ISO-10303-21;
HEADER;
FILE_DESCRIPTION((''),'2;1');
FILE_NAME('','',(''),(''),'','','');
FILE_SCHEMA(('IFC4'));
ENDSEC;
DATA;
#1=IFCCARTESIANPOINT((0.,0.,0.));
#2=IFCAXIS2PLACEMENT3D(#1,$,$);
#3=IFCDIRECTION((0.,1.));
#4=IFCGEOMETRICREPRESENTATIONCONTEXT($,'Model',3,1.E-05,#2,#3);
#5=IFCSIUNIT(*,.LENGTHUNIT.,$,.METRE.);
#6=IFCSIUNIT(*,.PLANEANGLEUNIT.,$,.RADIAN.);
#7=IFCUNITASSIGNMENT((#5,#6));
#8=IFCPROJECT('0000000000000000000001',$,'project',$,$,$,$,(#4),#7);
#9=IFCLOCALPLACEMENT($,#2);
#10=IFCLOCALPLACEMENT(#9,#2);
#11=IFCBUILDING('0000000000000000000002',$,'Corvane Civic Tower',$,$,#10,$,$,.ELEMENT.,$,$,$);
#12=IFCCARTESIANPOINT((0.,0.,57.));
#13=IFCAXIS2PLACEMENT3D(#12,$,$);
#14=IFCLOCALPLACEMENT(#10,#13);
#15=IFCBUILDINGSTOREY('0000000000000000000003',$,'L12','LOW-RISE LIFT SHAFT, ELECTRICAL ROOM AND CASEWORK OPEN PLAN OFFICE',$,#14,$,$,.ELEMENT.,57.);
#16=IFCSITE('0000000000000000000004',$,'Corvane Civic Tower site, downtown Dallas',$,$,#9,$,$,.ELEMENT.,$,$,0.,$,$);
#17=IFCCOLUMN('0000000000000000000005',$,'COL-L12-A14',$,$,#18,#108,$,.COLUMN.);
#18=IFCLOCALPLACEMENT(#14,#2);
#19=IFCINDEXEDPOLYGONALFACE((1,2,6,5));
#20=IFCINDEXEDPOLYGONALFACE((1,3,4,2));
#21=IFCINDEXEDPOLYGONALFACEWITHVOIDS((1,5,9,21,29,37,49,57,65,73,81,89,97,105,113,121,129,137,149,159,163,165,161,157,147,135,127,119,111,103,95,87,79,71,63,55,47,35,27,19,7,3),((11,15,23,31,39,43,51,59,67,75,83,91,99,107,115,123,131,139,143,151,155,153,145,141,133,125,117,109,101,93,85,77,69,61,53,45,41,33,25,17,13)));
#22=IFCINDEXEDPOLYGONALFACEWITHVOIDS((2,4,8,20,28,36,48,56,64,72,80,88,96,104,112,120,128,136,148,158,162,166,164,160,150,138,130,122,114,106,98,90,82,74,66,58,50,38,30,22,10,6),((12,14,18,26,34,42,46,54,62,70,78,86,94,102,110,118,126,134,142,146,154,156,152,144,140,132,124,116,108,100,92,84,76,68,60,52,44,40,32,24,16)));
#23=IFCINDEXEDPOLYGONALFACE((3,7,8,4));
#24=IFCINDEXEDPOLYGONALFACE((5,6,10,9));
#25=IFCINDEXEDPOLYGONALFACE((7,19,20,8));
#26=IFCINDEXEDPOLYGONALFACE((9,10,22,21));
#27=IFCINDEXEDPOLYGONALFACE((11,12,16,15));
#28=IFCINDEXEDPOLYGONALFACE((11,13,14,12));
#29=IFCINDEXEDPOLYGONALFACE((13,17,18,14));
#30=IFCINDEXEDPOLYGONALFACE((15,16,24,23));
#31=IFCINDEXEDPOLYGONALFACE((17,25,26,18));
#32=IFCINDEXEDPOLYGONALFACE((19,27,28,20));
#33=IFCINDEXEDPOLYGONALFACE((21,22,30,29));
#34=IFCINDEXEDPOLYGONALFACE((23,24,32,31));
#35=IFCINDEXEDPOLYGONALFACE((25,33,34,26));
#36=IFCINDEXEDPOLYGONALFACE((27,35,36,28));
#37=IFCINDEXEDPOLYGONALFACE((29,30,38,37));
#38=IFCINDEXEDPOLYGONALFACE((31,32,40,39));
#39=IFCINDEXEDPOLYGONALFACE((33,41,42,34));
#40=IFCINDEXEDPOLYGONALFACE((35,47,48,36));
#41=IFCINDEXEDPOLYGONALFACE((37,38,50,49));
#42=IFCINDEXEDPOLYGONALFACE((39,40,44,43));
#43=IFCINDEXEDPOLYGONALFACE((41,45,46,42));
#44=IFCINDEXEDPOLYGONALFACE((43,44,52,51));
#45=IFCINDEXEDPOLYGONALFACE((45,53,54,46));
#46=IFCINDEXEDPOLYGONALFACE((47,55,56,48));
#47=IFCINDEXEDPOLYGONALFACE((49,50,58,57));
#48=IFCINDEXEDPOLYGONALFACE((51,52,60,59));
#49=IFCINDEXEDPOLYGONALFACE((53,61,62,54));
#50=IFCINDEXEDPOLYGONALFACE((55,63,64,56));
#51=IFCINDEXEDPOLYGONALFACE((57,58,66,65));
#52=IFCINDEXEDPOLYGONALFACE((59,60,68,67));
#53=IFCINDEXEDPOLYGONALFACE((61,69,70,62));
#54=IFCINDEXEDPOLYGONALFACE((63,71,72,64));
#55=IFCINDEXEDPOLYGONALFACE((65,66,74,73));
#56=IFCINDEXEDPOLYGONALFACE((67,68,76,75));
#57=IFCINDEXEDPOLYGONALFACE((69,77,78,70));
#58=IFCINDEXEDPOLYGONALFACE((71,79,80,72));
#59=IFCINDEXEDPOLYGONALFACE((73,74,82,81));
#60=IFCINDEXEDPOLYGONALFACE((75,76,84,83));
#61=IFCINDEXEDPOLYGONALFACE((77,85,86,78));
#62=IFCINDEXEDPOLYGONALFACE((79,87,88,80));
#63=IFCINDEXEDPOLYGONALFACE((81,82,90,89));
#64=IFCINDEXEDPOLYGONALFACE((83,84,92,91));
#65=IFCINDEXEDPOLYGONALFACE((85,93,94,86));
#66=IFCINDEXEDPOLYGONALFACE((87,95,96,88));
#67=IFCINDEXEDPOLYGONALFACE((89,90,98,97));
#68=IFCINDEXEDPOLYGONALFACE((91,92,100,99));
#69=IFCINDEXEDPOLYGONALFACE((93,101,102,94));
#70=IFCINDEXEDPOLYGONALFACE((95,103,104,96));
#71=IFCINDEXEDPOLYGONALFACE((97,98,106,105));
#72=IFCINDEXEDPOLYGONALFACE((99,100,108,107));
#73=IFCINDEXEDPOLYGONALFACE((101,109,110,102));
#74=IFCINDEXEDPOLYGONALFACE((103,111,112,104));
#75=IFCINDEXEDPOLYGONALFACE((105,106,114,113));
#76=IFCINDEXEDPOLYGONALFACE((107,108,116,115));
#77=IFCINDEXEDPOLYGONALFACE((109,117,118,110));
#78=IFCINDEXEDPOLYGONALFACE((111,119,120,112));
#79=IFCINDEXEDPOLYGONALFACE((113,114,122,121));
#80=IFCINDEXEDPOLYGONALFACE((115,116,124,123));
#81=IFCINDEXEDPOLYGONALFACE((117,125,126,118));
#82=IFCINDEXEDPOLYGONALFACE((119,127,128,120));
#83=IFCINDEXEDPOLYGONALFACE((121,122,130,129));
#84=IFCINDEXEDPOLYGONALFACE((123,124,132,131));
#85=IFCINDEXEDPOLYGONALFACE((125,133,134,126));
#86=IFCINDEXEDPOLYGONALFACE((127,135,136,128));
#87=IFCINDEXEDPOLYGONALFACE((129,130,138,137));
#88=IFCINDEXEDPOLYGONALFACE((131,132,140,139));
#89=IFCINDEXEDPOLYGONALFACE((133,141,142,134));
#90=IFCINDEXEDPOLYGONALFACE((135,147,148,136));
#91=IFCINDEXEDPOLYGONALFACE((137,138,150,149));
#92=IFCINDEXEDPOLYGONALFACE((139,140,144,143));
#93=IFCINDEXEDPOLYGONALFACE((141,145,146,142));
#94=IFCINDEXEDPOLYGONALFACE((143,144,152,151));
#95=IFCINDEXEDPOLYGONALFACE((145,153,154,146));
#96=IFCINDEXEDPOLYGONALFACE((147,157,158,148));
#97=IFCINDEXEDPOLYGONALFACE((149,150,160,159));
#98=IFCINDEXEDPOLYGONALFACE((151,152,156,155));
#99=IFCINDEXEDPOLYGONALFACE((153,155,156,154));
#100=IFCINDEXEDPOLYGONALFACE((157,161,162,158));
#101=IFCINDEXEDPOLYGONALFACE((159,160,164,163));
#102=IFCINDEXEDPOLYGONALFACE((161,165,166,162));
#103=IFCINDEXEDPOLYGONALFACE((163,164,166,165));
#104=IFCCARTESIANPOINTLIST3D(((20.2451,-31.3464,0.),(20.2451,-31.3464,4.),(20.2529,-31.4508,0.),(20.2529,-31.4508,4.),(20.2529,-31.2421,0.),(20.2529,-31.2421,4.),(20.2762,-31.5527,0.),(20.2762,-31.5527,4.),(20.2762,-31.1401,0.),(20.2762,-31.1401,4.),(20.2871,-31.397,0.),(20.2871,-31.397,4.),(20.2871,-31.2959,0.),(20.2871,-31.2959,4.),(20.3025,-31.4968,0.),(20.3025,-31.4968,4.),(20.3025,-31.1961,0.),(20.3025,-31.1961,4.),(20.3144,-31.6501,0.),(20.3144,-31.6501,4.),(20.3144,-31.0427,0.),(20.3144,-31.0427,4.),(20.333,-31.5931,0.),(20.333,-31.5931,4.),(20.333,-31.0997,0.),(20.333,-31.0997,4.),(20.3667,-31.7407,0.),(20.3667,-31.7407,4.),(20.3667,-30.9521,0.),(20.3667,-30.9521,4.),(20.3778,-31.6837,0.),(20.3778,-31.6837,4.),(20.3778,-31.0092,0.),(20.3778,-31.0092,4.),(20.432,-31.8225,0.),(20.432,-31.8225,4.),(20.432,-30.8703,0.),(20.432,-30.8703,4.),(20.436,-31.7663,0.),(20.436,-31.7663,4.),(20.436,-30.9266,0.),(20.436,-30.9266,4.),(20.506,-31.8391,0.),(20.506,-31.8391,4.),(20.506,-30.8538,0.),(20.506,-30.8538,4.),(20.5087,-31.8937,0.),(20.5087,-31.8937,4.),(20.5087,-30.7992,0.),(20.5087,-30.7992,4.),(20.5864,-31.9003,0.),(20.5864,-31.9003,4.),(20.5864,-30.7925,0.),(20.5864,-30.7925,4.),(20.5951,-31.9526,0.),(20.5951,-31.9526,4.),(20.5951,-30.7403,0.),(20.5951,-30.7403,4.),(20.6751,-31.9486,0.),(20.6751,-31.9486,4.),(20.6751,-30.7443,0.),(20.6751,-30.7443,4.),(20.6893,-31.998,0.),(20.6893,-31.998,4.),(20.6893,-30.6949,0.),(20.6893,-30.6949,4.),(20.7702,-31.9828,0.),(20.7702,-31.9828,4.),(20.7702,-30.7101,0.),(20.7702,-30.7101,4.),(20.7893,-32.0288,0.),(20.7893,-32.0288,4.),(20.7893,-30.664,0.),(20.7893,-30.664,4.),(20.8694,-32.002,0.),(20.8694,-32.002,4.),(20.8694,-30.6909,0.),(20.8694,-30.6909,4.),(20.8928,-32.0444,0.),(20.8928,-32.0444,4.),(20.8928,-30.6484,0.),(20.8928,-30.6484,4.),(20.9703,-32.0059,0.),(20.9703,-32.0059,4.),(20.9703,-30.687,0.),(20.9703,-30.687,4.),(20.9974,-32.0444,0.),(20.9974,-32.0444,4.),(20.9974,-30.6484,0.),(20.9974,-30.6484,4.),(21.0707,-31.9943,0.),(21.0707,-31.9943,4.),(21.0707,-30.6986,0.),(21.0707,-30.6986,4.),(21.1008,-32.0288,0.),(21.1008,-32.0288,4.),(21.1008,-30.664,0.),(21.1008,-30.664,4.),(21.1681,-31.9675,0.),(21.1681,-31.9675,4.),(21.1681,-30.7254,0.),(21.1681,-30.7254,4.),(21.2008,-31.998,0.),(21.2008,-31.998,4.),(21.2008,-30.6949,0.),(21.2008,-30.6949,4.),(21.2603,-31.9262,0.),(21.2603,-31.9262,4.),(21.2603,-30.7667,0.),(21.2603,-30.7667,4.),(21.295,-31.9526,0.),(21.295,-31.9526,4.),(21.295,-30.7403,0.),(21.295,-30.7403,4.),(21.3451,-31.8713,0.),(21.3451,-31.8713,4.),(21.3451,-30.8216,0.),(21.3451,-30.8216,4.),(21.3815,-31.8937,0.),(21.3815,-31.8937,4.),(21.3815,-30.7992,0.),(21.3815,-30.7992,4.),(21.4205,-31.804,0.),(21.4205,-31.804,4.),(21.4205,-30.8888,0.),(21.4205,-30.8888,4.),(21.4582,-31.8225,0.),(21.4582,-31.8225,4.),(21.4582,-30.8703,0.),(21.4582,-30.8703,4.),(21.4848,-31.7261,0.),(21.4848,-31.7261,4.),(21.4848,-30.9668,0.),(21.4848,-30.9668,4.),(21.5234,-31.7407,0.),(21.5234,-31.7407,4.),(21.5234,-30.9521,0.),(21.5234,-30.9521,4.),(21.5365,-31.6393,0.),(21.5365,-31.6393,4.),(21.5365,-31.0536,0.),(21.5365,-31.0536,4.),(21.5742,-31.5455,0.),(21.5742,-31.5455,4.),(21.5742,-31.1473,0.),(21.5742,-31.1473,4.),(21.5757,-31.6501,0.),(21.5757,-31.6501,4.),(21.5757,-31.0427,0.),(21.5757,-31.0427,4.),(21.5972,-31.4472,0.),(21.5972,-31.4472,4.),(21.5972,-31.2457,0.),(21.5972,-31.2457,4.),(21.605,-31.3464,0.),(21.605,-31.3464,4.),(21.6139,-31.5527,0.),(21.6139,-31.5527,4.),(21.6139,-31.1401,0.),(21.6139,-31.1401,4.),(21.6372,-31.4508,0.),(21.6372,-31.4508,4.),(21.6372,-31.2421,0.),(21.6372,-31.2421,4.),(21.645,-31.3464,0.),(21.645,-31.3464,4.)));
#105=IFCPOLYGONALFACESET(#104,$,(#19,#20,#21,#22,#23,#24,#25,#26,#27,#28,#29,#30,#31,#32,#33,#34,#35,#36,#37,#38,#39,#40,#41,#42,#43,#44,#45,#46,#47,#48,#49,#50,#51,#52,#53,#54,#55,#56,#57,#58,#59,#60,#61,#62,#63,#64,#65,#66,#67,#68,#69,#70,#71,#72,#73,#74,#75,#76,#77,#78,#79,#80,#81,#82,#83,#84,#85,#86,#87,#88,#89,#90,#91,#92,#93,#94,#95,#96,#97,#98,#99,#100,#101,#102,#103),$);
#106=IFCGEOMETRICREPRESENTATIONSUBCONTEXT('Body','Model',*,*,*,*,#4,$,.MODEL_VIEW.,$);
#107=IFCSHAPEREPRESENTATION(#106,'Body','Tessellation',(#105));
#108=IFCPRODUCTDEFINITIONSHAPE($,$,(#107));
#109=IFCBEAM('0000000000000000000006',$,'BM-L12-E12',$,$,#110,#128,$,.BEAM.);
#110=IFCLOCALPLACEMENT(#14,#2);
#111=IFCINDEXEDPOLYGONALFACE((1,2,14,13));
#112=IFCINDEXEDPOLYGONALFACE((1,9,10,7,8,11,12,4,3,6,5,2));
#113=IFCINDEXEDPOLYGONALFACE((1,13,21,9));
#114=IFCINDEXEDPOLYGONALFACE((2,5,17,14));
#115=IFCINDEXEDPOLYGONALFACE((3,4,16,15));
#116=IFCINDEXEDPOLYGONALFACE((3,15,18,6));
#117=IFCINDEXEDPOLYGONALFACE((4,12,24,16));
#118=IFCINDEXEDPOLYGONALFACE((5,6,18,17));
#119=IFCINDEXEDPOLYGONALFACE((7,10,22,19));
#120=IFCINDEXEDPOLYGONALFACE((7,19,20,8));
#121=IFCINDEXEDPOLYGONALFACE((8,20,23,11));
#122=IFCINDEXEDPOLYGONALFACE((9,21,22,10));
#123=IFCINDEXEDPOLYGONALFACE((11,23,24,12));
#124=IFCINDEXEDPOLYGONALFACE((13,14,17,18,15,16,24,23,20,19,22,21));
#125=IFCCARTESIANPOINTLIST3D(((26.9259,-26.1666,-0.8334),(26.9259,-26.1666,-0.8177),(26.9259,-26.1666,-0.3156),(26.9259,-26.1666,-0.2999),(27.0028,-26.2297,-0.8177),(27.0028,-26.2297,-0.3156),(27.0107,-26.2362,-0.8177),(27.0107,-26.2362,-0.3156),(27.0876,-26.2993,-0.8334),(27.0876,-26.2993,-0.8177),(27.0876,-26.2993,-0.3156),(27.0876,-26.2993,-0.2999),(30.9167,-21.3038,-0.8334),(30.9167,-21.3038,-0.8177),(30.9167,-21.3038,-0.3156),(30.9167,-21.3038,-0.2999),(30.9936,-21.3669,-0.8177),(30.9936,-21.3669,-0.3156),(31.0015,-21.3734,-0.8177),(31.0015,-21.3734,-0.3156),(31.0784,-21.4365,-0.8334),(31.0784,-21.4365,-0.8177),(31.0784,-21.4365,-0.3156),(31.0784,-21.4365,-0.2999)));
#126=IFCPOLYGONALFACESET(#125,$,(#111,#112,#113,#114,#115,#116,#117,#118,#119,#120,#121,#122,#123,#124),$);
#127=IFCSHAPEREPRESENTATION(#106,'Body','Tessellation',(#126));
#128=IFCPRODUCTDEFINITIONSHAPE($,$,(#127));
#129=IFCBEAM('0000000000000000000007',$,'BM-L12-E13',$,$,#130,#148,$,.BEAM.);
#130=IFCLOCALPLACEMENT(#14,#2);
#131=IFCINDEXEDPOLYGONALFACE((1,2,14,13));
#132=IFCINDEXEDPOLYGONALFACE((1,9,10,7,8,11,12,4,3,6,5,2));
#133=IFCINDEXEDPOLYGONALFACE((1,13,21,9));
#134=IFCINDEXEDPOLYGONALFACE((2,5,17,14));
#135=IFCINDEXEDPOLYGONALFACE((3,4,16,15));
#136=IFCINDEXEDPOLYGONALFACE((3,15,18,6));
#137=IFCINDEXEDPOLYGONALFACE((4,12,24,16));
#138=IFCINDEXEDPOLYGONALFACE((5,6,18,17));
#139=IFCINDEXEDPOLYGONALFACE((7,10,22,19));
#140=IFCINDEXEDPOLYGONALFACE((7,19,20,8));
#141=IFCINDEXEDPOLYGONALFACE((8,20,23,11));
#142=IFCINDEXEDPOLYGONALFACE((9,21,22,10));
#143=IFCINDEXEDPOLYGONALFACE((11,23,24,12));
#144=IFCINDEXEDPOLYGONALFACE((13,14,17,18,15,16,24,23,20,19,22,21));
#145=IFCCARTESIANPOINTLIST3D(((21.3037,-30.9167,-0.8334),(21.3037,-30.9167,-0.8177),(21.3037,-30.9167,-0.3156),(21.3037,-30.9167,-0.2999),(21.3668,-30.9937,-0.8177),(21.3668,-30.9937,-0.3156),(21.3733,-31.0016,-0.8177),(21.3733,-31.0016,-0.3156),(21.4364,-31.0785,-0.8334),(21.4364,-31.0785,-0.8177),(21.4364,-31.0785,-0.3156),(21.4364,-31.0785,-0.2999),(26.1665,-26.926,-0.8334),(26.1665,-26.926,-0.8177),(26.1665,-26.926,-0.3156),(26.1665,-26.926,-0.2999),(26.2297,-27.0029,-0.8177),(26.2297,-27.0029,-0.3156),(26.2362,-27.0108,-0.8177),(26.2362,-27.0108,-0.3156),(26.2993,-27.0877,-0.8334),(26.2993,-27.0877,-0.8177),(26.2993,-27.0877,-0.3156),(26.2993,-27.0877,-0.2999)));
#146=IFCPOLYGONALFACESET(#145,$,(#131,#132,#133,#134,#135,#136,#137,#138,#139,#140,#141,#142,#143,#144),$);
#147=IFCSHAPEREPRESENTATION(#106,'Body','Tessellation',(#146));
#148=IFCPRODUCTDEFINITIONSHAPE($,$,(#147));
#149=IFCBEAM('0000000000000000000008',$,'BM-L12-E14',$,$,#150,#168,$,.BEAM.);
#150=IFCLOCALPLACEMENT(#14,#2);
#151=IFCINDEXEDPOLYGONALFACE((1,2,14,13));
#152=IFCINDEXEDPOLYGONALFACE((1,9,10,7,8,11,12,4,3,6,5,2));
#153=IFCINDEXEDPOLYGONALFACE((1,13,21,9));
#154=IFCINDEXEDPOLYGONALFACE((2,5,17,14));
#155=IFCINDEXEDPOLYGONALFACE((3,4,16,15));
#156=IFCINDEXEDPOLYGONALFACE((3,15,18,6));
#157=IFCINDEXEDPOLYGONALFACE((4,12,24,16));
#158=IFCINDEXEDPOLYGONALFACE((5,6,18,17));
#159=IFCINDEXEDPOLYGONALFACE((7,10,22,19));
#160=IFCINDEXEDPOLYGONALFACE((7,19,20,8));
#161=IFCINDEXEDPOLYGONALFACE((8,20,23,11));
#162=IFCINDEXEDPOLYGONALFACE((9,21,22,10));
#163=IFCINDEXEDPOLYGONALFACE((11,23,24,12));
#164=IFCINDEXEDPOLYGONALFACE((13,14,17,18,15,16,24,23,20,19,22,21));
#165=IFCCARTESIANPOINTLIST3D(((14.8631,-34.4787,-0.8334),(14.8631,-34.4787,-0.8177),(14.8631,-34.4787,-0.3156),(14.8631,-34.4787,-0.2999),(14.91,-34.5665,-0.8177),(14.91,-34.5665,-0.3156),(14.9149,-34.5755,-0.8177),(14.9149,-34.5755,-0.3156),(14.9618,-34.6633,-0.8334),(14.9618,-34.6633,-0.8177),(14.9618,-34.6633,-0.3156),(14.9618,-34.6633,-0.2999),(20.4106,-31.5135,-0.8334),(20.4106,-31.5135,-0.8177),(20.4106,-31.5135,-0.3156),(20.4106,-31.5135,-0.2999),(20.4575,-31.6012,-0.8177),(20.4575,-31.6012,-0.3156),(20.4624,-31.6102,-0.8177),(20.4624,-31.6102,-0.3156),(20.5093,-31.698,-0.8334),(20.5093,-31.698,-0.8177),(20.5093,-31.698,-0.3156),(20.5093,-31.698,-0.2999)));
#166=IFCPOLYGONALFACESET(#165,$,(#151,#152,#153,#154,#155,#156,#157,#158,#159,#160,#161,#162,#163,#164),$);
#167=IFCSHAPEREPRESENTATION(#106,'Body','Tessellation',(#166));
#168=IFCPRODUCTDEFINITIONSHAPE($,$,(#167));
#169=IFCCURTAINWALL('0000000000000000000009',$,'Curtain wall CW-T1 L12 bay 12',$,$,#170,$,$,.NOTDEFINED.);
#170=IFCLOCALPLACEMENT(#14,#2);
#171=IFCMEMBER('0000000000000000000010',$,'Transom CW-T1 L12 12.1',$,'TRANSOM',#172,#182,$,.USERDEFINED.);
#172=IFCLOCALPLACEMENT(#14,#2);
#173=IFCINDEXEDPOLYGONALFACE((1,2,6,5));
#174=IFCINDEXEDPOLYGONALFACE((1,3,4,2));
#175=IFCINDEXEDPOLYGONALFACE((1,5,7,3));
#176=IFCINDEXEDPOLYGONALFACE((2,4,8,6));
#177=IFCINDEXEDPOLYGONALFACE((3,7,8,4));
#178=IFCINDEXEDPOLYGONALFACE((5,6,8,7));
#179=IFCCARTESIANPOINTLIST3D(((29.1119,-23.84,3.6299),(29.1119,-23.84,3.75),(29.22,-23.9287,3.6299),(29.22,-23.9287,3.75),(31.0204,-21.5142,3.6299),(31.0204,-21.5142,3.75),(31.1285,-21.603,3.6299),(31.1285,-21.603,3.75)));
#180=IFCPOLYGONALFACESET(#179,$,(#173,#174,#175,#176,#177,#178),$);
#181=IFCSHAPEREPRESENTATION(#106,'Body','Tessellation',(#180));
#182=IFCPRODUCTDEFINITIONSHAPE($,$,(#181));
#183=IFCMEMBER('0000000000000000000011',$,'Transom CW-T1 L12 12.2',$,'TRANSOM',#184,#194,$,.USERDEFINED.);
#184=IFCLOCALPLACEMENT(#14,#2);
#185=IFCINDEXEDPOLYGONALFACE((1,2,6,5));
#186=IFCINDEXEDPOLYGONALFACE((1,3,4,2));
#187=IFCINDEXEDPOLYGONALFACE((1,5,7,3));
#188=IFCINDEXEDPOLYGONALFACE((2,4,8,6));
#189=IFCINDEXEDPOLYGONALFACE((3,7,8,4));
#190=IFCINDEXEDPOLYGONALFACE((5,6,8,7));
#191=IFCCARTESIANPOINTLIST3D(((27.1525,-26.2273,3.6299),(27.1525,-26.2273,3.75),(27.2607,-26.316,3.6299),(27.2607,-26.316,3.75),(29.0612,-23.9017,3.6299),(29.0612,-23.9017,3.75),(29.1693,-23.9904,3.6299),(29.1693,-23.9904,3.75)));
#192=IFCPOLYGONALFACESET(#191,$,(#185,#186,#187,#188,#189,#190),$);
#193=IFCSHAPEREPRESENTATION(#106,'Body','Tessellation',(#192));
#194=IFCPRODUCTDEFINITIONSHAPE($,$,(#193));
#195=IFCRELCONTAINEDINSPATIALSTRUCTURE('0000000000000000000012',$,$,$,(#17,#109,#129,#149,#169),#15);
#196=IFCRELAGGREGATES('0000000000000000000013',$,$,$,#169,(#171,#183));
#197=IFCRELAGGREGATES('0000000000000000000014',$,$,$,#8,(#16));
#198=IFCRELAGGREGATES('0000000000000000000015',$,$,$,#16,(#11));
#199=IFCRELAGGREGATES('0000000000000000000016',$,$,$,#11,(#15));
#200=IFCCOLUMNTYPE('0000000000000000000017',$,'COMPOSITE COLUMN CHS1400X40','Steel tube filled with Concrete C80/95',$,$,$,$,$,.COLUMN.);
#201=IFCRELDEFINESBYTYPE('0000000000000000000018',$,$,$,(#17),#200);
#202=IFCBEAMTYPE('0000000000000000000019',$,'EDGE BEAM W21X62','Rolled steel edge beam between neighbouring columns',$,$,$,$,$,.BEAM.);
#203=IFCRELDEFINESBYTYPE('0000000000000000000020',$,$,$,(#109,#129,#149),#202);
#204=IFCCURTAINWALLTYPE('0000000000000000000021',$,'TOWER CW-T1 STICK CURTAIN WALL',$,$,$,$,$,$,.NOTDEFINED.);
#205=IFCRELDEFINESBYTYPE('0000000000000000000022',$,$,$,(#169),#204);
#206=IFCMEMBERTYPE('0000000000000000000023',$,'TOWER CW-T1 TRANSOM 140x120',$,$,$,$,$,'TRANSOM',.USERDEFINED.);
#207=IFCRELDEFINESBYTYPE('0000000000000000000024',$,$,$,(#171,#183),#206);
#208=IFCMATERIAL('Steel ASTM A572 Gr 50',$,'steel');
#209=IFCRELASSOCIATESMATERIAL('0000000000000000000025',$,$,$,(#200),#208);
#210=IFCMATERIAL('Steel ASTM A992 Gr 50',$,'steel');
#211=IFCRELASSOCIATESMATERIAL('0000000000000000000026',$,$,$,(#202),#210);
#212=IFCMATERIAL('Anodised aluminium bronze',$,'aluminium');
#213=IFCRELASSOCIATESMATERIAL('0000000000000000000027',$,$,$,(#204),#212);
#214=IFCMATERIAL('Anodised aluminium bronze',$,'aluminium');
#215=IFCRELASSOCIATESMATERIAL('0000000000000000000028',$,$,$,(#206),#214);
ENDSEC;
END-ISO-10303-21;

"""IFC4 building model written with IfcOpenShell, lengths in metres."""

from ifc_helpers import new_model, si_unit, direction, frame, origin, origin_2d, place, context, subcontext, project, spatial, rectangle, hollow_circle, i_section, extrude, material, material_profile, profile_set, type_object, element, aggregate, save


model = new_model("IFC4")

# Units and contexts
model_context = context("Model", 3, precision=1e-05, world=origin(), true_north=direction((0.0, 1.0)))
body_context = subcontext(model_context, "Body", "Model", "MODEL_VIEW")
ifc_project = project(units=[si_unit("LENGTHUNIT", "METRE"), si_unit("PLANEANGLEUNIT", "RADIAN")], contexts=[model_context])

# Site, building, storey
site_placement = place(None, origin())
site = spatial("IfcSite", under=ifc_project, at=site_placement, Name="Corvane Civic Tower site, downtown Dallas", CompositionType="ELEMENT", RefElevation=0.0)
building_placement = place(site_placement, origin())
building = spatial("IfcBuilding", under=site, at=building_placement, Name="Corvane Civic Tower", CompositionType="ELEMENT")
storey_placement = place(building_placement, frame((0.0, 0.0, 57.0)))
storey = spatial("IfcBuildingStorey", under=building, at=storey_placement, Name="L12", Description="LOW-RISE LIFT SHAFT, ELECTRICAL ROOM AND CASEWORK OPEN PLAN OFFICE", CompositionType="ELEMENT", Elevation=57.0)

# Column
ifc_material_1 = material(Name="Steel ASTM A572 Gr 50", Category="steel")
ifc_material_profile_1 = material_profile(ifc_material_1, hollow_circle(Radius=0.7, WallThickness=0.04, at=origin_2d()), Name="CHS1400X40")
ifc_profile_set_1 = profile_set([ifc_material_profile_1], Name="Steel ASTM A572 Gr 50")
column_type = type_object("IfcColumnType", Name="COMPOSITE COLUMN CHS1400X40", Description="Steel tube filled with Concrete C80/95", PredefinedType="COLUMN", material=ifc_profile_set_1)
for number, where, z_axis, x_axis, name in (
    (1, (20.9451, -31.3464, 0.0), (0.0, 0.0, 1.0), (1.0, 0.0, 0.0), "COL-L12-A14"),
):
    element("IfcColumn", number, at=place(storey_placement, frame(where, z_axis=z_axis, x_axis=x_axis)), inside=storey, type_object=column_type, Name=name, PredefinedType="COLUMN", context=body_context, shape_type="SweptSolid", body=[
        extrude(hollow_circle(Radius=0.7, WallThickness=0.04, at=origin_2d()), origin(), (0.0, 0.0, 1.0), 4.0),
    ])

# Beams
ifc_material_2 = material(Name="Steel ASTM A992 Gr 50", Category="steel")
ifc_material_profile_2 = material_profile(ifc_material_2, i_section(OverallWidth=0.2092, OverallDepth=0.5334, WebThickness=0.0103, FlangeThickness=0.0156, at=origin_2d()), Name="W21X62")
ifc_profile_set_2 = profile_set([ifc_material_profile_2], Name="Steel ASTM A992 Gr 50")
beam_type = type_object("IfcBeamType", Name="EDGE BEAM W21X62", Description="Rolled steel edge beam between neighbouring columns", PredefinedType="BEAM", material=ifc_profile_set_2)
for number, where, z_axis, x_axis, name in (
    (2, (30.9976, -21.3701, -0.5667), (-0.634387, -0.773016, 0.0), (0.773016, -0.634387, 0.0), "BM-L12-E12"),
    (3, (26.2329, -27.0068, -0.5667), (-0.773016, -0.634387, 0.0), (0.634387, -0.773016, 0.0), "BM-L12-E13"),
):
    element("IfcBeam", number, at=place(storey_placement, frame(where, z_axis=z_axis, x_axis=x_axis)), inside=storey, type_object=beam_type, Name=name, PredefinedType="BEAM", context=body_context, shape_type="SweptSolid", body=[
        extrude(i_section(OverallWidth=0.2092, OverallDepth=0.5334, WebThickness=0.0103, FlangeThickness=0.0156, at=origin_2d()), origin(), (0.0, 0.0, 1.0), 6.2908),
    ])
beam_placement = place(storey_placement, frame((20.46, -31.6057, -0.5667), z_axis=(-0.881916, -0.471406, 0.0), x_axis=(0.471406, -0.881916, 0.0)))
element("IfcBeam", 4, at=beam_placement, inside=storey, type_object=beam_type, Name="BM-L12-E14", PredefinedType="BEAM", context=body_context, shape_type="SweptSolid", body=[
    extrude(i_section(OverallWidth=0.2092, OverallDepth=0.5334, WebThickness=0.0103, FlangeThickness=0.0156, at=origin_2d()), origin(), (0.0, 0.0, 1.0), 6.2903),
])

# Curtain wall, members
ifc_material_3 = material(Name="Anodised aluminium bronze", Category="aluminium")
curtain_wall_type = type_object("IfcCurtainWallType", Name="TOWER CW-T1 STICK CURTAIN WALL", PredefinedType="NOTDEFINED", material=ifc_material_3)
curtain_wall_1_placement = place(storey_placement, origin())
curtain_wall_1 = element("IfcCurtainWall", 5, at=curtain_wall_1_placement, inside=storey, type_object=curtain_wall_type, Name="Curtain wall CW-T1 L12 bay 12", PredefinedType="NOTDEFINED")
ifc_material_4 = material(Name="Anodised aluminium bronze", Category="aluminium")
ifc_material_profile_3 = material_profile(ifc_material_4, rectangle(XDim=0.1399, YDim=0.1201, at=origin_2d()), Name="TOWER CW-T1 TRANSOM 140x120")
ifc_profile_set_3 = profile_set([ifc_material_profile_3], Name="Anodised aluminium bronze")
member_type_1 = type_object("IfcMemberType", Name="TOWER CW-T1 TRANSOM 140x120", ElementType="TRANSOM", PredefinedType="USERDEFINED", material=ifc_profile_set_3)
member_1_placement = place(storey_placement, frame((31.0745, -21.5586, 3.6899), z_axis=(-0.634355, -0.773042, 0.0), x_axis=(0.773042, -0.634355, 0.0)))
member_1 = element("IfcMember", 6, at=member_1_placement, type_object=member_type_1, Name="Transom CW-T1 L12 12.1", ObjectType="TRANSOM", PredefinedType="USERDEFINED", context=body_context, shape_type="SweptSolid", body=[
    extrude(rectangle(XDim=0.1399, YDim=0.1201, at=origin_2d()), origin(), (0.0, 0.0, 1.0), 3.0085),
])
member_2_placement = place(storey_placement, frame((29.1152, -23.946, 3.6899), z_axis=(-0.634404, -0.773002, 0.0), x_axis=(0.773002, -0.634404, 0.0)))
member_2 = element("IfcMember", 7, at=member_2_placement, type_object=member_type_1, Name="Transom CW-T1 L12 12.2", ObjectType="TRANSOM", PredefinedType="USERDEFINED", context=body_context, shape_type="SweptSolid", body=[
    extrude(rectangle(XDim=0.1399, YDim=0.1201, at=origin_2d()), origin(), (0.0, 0.0, 1.0), 3.0085),
])

aggregate(curtain_wall_1, [member_1, member_2])

save(model, "model.ifc")
